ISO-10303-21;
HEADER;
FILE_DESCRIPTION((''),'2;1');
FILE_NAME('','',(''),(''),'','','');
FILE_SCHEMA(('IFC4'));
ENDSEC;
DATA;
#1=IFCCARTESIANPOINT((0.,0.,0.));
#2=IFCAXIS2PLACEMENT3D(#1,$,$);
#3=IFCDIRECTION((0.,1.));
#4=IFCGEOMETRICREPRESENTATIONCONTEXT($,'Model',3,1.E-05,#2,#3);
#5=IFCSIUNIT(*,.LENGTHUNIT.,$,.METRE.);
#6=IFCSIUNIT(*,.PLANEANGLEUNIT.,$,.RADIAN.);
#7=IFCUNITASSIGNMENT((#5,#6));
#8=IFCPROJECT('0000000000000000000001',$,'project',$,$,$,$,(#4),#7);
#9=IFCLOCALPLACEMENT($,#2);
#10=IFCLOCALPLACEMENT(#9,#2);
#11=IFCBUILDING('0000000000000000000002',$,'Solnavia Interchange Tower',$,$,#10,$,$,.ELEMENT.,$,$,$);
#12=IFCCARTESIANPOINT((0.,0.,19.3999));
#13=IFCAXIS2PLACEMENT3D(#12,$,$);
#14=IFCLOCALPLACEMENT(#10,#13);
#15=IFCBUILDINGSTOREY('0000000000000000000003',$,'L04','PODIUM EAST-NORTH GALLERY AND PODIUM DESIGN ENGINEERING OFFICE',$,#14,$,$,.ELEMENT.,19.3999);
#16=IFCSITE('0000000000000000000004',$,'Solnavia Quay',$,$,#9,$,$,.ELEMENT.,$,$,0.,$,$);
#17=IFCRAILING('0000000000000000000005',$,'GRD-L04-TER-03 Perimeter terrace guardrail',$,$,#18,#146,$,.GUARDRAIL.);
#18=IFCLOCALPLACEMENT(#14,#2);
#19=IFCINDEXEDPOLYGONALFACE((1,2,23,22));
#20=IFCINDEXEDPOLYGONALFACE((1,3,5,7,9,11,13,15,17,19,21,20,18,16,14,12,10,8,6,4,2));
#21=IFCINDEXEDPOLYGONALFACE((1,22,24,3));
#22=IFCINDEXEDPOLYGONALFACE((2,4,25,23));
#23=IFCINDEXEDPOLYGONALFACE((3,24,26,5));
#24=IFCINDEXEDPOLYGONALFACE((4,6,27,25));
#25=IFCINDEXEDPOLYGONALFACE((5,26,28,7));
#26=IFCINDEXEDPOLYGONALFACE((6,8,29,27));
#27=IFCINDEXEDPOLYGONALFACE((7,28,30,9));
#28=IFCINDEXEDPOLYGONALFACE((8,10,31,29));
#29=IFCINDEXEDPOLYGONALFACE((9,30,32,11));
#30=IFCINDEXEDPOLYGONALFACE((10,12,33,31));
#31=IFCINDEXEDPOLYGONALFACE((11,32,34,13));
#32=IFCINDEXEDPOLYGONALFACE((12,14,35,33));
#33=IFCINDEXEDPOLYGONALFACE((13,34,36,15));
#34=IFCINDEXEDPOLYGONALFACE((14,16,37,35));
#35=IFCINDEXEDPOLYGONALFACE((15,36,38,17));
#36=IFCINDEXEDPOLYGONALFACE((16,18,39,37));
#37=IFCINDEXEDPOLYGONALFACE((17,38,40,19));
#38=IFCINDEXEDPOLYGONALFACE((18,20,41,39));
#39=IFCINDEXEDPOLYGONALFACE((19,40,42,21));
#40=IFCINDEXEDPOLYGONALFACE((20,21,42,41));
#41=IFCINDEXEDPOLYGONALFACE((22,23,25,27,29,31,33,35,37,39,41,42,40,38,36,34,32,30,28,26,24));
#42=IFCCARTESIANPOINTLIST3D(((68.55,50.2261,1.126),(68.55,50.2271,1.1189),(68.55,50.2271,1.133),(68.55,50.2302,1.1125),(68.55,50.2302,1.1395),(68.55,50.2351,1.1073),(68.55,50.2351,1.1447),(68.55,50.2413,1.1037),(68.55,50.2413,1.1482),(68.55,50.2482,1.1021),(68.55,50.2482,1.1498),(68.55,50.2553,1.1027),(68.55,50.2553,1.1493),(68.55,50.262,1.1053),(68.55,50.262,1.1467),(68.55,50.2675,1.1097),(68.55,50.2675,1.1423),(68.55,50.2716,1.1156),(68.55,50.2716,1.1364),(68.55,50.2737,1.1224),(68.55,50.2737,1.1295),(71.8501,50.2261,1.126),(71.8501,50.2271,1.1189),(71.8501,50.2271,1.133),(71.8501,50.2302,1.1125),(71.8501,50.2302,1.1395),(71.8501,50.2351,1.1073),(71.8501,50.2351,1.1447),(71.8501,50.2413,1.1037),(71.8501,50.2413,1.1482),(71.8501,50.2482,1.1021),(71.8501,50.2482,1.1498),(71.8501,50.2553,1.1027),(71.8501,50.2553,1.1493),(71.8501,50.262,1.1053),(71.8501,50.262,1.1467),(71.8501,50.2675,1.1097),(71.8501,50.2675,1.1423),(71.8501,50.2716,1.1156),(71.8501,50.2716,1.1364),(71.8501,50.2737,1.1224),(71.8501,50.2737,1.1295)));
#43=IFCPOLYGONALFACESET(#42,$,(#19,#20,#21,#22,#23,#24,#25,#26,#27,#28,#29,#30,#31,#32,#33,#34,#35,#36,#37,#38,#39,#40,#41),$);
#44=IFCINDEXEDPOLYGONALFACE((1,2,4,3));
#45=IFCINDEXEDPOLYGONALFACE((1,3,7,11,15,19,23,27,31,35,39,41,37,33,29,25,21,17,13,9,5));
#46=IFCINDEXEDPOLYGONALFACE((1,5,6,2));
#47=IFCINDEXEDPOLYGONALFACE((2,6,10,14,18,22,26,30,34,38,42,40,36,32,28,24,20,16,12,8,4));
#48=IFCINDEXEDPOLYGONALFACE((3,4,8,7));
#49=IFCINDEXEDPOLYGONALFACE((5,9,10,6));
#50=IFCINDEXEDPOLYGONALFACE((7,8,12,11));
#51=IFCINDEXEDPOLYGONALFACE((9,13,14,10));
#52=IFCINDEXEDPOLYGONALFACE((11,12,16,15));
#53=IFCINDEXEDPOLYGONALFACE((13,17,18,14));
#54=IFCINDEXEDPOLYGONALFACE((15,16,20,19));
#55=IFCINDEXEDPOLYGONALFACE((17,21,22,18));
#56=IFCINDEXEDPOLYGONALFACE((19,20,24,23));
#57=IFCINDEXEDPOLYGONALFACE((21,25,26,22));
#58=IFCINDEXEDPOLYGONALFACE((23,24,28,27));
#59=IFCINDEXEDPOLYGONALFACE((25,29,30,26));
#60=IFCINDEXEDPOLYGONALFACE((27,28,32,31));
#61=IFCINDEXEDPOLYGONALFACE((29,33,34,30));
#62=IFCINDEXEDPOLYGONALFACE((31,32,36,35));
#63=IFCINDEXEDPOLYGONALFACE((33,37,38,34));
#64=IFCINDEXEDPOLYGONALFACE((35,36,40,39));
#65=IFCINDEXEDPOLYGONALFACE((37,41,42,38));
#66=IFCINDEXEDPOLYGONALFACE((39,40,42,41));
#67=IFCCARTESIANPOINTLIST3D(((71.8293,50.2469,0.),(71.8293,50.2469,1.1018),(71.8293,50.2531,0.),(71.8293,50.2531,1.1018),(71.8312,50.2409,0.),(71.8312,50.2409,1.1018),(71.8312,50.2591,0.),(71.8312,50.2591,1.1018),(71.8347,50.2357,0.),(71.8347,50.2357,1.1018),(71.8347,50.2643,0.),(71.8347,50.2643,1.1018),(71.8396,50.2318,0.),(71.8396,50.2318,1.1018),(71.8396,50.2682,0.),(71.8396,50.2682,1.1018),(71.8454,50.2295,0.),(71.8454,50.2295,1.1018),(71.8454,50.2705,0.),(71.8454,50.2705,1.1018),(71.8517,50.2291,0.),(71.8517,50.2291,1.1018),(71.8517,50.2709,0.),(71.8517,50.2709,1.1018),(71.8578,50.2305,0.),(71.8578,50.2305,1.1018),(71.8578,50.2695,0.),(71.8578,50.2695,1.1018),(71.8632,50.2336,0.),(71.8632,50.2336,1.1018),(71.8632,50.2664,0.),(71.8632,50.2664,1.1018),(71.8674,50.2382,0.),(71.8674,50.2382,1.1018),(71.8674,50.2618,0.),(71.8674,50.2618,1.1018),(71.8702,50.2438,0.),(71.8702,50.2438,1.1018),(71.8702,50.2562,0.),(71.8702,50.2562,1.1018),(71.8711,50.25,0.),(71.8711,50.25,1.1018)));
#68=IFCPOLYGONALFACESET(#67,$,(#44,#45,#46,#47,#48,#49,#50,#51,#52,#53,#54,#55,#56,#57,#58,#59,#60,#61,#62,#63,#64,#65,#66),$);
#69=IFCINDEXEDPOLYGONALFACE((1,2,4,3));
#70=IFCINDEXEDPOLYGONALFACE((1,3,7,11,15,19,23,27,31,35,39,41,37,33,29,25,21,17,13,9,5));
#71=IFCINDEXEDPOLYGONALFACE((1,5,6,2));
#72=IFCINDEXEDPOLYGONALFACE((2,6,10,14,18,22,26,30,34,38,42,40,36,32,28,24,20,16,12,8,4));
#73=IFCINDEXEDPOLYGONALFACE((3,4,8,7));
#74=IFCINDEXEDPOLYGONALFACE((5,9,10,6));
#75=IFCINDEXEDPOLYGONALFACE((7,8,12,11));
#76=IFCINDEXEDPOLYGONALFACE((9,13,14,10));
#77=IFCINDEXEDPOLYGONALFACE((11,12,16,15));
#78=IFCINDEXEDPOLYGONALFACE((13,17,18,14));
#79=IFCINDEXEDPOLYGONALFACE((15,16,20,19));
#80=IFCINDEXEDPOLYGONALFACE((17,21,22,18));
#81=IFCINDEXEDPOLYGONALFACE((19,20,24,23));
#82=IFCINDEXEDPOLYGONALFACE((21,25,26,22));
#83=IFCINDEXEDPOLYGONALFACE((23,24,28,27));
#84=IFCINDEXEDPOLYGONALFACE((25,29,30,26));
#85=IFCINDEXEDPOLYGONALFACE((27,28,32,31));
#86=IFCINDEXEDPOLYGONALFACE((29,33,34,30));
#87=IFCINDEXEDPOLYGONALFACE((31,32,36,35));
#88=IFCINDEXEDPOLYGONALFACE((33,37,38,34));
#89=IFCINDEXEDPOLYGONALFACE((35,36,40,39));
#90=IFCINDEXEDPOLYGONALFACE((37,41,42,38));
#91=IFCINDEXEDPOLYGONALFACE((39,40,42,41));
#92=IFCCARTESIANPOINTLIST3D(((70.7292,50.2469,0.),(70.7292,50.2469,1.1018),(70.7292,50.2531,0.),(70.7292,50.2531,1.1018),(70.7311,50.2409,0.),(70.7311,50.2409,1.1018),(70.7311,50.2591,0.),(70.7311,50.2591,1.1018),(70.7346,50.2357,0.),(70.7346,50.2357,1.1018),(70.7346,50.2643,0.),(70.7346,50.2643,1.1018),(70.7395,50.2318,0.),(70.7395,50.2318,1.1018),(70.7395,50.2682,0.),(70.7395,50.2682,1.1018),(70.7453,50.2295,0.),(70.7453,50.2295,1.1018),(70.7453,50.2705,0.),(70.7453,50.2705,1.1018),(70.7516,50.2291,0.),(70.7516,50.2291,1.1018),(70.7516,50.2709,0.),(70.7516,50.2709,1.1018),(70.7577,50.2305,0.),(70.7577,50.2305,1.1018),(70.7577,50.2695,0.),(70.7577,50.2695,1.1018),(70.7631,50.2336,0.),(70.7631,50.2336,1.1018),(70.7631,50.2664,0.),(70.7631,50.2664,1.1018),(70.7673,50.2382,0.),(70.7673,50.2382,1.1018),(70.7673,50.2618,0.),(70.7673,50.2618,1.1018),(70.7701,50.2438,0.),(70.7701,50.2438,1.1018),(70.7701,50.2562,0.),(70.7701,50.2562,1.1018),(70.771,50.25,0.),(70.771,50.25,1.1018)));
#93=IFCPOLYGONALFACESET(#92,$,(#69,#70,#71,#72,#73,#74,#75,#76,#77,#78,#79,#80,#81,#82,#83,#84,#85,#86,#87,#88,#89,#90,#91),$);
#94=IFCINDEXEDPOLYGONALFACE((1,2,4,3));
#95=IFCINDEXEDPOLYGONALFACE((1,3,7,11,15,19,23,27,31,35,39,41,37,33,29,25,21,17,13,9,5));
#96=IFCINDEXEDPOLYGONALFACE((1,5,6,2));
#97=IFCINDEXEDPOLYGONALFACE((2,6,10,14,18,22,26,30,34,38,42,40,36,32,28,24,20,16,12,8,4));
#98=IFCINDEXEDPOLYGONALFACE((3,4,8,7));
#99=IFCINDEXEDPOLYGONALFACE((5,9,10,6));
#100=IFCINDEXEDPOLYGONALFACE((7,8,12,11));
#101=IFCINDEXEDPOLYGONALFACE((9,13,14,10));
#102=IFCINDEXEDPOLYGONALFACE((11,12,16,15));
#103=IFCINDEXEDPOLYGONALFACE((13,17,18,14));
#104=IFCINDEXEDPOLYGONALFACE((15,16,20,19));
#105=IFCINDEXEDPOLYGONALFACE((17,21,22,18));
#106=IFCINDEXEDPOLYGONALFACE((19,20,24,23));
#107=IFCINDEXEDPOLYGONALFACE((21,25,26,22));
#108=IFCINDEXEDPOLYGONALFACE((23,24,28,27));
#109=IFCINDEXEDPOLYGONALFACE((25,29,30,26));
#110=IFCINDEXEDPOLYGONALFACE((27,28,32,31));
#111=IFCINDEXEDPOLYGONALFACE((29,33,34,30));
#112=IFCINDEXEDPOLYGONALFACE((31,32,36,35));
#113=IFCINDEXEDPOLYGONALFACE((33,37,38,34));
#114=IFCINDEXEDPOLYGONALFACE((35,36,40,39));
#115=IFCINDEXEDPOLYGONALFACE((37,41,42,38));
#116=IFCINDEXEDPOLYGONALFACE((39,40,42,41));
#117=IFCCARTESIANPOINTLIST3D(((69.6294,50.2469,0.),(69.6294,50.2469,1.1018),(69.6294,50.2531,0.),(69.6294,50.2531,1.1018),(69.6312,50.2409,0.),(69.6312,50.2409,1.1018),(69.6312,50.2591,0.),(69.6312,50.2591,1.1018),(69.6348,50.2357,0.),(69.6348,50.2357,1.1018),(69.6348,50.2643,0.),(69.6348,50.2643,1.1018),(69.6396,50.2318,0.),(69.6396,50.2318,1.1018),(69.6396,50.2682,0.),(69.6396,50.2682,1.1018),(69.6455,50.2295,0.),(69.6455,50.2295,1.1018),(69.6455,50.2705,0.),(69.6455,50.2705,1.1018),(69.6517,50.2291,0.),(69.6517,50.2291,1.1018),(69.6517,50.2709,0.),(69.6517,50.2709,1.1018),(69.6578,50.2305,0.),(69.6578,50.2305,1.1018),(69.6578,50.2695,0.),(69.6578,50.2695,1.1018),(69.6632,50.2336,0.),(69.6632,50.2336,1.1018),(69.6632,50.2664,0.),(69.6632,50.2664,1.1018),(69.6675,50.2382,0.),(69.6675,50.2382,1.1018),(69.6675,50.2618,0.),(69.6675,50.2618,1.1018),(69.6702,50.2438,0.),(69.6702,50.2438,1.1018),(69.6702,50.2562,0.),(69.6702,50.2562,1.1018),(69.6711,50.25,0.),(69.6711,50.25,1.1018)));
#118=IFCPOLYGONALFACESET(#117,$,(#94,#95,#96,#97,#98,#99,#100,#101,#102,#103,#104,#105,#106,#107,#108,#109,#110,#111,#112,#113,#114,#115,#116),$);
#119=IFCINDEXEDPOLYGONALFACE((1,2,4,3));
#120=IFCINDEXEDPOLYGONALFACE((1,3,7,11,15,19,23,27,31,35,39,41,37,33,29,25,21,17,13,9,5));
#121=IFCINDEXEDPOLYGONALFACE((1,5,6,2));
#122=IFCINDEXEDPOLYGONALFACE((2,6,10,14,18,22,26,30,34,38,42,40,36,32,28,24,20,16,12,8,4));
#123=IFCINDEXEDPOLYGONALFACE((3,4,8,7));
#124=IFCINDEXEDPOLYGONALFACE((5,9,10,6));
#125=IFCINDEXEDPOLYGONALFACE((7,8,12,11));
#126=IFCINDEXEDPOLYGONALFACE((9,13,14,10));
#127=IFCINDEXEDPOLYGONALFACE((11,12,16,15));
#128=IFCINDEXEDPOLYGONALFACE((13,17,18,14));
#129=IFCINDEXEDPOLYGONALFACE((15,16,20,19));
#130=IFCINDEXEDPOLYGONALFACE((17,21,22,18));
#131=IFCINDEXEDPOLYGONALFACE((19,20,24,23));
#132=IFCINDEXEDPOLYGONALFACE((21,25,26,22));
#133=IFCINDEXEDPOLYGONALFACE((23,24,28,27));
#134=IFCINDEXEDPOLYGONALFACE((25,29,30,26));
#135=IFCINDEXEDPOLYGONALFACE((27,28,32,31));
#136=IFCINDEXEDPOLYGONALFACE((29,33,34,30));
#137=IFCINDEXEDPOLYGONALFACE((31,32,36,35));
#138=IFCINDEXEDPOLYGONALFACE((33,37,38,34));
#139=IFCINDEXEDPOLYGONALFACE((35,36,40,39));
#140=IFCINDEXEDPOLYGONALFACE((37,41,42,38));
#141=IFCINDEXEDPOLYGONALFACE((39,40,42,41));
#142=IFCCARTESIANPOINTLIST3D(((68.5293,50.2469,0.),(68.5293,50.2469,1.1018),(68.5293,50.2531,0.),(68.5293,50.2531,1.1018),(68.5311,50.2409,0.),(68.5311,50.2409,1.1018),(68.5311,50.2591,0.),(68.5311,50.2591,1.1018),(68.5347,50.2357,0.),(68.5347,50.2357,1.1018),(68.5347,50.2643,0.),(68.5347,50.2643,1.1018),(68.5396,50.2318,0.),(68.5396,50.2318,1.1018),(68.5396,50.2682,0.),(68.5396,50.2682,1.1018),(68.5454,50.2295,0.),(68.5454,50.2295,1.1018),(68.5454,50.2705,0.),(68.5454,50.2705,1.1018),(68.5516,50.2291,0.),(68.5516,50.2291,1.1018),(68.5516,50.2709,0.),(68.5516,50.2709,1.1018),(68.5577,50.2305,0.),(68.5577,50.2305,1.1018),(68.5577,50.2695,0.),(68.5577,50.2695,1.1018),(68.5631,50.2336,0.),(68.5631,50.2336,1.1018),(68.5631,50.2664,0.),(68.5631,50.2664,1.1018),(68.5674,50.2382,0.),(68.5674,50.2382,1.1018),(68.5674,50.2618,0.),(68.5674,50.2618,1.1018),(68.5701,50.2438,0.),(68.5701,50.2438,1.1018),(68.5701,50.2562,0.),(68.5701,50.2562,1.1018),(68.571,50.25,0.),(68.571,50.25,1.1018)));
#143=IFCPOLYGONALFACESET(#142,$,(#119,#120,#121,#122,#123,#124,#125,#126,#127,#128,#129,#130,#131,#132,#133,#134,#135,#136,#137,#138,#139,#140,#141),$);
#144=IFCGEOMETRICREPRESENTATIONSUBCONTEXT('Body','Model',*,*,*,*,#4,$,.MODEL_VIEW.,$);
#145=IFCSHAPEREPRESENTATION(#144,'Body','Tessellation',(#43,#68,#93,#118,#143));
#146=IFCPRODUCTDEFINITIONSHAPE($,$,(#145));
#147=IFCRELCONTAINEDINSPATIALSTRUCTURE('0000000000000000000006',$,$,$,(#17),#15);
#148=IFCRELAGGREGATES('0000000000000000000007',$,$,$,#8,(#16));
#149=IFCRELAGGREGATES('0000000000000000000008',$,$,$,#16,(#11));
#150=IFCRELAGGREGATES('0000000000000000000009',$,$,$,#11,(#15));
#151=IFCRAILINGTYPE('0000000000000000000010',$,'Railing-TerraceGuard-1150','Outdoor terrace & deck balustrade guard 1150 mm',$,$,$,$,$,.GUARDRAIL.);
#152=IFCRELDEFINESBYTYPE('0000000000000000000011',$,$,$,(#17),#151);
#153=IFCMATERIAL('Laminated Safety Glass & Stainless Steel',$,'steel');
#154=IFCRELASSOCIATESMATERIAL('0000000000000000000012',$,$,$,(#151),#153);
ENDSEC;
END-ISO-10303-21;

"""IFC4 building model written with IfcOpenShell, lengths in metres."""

from ifc_helpers import new_model, si_unit, direction, frame, origin, origin_2d, place, context, subcontext, project, spatial, circle, extrude, material, type_object, element, save


model = new_model("IFC4")

# Units and contexts
model_context = context("Model", 3, precision=1e-05, world=origin(), true_north=direction((0.0, 1.0)))
body_context = subcontext(model_context, "Body", "Model", "MODEL_VIEW")
ifc_project = project(units=[si_unit("LENGTHUNIT", "METRE"), si_unit("PLANEANGLEUNIT", "RADIAN")], contexts=[model_context])

# Site, building, storey
site_placement = place(None, origin())
site = spatial("IfcSite", under=ifc_project, at=site_placement, Name="Solnavia Quay", CompositionType="ELEMENT", RefElevation=0.0)
building_placement = place(site_placement, origin())
building = spatial("IfcBuilding", under=site, at=building_placement, Name="Solnavia Interchange Tower", CompositionType="ELEMENT")
storey_placement = place(building_placement, frame((0.0, 0.0, 19.3999)))
storey = spatial("IfcBuildingStorey", under=building, at=storey_placement, Name="L04", Description="PODIUM EAST-NORTH GALLERY AND PODIUM DESIGN ENGINEERING OFFICE", CompositionType="ELEMENT", Elevation=19.3999)

# Railing
ifc_material_1 = material(Name="Laminated Safety Glass & Stainless Steel", Category="steel")
railing_type = type_object("IfcRailingType", Name="Railing-TerraceGuard-1150", Description="Outdoor terrace & deck balustrade guard 1150 mm", PredefinedType="GUARDRAIL", material=ifc_material_1)
railing_placement = place(storey_placement, frame((71.8501, 50.25, 0.0)))
element("IfcRailing", 1, at=railing_placement, inside=storey, type_object=railing_type, Name="GRD-L04-TER-03 Perimeter terrace guardrail", PredefinedType="GUARDRAIL", context=body_context, shape_type="SweptSolid", body=[
    extrude(circle(Radius=0.0239, at=origin_2d()), frame((0.0, 0.0, 1.126), z_axis=(-1.0, 0.0, 0.0), x_axis=(0.0, -1.0, 0.0)), (0.0, 0.0, 1.0), 3.3),
    extrude(circle(Radius=0.021, at=origin_2d()), origin(), (0.0, 0.0, 1.0), 1.1018),
    extrude(circle(Radius=0.021, at=origin_2d()), frame((-1.1001, 0.0, 0.0)), (0.0, 0.0, 1.0), 1.1018),
    extrude(circle(Radius=0.021, at=origin_2d()), frame((-2.2, 0.0, 0.0)), (0.0, 0.0, 1.0), 1.1018),
    extrude(circle(Radius=0.021, at=origin_2d()), frame((-3.3, 0.0, 0.0)), (0.0, 0.0, 1.0), 1.1018),
])

save(model, "model.ifc")
